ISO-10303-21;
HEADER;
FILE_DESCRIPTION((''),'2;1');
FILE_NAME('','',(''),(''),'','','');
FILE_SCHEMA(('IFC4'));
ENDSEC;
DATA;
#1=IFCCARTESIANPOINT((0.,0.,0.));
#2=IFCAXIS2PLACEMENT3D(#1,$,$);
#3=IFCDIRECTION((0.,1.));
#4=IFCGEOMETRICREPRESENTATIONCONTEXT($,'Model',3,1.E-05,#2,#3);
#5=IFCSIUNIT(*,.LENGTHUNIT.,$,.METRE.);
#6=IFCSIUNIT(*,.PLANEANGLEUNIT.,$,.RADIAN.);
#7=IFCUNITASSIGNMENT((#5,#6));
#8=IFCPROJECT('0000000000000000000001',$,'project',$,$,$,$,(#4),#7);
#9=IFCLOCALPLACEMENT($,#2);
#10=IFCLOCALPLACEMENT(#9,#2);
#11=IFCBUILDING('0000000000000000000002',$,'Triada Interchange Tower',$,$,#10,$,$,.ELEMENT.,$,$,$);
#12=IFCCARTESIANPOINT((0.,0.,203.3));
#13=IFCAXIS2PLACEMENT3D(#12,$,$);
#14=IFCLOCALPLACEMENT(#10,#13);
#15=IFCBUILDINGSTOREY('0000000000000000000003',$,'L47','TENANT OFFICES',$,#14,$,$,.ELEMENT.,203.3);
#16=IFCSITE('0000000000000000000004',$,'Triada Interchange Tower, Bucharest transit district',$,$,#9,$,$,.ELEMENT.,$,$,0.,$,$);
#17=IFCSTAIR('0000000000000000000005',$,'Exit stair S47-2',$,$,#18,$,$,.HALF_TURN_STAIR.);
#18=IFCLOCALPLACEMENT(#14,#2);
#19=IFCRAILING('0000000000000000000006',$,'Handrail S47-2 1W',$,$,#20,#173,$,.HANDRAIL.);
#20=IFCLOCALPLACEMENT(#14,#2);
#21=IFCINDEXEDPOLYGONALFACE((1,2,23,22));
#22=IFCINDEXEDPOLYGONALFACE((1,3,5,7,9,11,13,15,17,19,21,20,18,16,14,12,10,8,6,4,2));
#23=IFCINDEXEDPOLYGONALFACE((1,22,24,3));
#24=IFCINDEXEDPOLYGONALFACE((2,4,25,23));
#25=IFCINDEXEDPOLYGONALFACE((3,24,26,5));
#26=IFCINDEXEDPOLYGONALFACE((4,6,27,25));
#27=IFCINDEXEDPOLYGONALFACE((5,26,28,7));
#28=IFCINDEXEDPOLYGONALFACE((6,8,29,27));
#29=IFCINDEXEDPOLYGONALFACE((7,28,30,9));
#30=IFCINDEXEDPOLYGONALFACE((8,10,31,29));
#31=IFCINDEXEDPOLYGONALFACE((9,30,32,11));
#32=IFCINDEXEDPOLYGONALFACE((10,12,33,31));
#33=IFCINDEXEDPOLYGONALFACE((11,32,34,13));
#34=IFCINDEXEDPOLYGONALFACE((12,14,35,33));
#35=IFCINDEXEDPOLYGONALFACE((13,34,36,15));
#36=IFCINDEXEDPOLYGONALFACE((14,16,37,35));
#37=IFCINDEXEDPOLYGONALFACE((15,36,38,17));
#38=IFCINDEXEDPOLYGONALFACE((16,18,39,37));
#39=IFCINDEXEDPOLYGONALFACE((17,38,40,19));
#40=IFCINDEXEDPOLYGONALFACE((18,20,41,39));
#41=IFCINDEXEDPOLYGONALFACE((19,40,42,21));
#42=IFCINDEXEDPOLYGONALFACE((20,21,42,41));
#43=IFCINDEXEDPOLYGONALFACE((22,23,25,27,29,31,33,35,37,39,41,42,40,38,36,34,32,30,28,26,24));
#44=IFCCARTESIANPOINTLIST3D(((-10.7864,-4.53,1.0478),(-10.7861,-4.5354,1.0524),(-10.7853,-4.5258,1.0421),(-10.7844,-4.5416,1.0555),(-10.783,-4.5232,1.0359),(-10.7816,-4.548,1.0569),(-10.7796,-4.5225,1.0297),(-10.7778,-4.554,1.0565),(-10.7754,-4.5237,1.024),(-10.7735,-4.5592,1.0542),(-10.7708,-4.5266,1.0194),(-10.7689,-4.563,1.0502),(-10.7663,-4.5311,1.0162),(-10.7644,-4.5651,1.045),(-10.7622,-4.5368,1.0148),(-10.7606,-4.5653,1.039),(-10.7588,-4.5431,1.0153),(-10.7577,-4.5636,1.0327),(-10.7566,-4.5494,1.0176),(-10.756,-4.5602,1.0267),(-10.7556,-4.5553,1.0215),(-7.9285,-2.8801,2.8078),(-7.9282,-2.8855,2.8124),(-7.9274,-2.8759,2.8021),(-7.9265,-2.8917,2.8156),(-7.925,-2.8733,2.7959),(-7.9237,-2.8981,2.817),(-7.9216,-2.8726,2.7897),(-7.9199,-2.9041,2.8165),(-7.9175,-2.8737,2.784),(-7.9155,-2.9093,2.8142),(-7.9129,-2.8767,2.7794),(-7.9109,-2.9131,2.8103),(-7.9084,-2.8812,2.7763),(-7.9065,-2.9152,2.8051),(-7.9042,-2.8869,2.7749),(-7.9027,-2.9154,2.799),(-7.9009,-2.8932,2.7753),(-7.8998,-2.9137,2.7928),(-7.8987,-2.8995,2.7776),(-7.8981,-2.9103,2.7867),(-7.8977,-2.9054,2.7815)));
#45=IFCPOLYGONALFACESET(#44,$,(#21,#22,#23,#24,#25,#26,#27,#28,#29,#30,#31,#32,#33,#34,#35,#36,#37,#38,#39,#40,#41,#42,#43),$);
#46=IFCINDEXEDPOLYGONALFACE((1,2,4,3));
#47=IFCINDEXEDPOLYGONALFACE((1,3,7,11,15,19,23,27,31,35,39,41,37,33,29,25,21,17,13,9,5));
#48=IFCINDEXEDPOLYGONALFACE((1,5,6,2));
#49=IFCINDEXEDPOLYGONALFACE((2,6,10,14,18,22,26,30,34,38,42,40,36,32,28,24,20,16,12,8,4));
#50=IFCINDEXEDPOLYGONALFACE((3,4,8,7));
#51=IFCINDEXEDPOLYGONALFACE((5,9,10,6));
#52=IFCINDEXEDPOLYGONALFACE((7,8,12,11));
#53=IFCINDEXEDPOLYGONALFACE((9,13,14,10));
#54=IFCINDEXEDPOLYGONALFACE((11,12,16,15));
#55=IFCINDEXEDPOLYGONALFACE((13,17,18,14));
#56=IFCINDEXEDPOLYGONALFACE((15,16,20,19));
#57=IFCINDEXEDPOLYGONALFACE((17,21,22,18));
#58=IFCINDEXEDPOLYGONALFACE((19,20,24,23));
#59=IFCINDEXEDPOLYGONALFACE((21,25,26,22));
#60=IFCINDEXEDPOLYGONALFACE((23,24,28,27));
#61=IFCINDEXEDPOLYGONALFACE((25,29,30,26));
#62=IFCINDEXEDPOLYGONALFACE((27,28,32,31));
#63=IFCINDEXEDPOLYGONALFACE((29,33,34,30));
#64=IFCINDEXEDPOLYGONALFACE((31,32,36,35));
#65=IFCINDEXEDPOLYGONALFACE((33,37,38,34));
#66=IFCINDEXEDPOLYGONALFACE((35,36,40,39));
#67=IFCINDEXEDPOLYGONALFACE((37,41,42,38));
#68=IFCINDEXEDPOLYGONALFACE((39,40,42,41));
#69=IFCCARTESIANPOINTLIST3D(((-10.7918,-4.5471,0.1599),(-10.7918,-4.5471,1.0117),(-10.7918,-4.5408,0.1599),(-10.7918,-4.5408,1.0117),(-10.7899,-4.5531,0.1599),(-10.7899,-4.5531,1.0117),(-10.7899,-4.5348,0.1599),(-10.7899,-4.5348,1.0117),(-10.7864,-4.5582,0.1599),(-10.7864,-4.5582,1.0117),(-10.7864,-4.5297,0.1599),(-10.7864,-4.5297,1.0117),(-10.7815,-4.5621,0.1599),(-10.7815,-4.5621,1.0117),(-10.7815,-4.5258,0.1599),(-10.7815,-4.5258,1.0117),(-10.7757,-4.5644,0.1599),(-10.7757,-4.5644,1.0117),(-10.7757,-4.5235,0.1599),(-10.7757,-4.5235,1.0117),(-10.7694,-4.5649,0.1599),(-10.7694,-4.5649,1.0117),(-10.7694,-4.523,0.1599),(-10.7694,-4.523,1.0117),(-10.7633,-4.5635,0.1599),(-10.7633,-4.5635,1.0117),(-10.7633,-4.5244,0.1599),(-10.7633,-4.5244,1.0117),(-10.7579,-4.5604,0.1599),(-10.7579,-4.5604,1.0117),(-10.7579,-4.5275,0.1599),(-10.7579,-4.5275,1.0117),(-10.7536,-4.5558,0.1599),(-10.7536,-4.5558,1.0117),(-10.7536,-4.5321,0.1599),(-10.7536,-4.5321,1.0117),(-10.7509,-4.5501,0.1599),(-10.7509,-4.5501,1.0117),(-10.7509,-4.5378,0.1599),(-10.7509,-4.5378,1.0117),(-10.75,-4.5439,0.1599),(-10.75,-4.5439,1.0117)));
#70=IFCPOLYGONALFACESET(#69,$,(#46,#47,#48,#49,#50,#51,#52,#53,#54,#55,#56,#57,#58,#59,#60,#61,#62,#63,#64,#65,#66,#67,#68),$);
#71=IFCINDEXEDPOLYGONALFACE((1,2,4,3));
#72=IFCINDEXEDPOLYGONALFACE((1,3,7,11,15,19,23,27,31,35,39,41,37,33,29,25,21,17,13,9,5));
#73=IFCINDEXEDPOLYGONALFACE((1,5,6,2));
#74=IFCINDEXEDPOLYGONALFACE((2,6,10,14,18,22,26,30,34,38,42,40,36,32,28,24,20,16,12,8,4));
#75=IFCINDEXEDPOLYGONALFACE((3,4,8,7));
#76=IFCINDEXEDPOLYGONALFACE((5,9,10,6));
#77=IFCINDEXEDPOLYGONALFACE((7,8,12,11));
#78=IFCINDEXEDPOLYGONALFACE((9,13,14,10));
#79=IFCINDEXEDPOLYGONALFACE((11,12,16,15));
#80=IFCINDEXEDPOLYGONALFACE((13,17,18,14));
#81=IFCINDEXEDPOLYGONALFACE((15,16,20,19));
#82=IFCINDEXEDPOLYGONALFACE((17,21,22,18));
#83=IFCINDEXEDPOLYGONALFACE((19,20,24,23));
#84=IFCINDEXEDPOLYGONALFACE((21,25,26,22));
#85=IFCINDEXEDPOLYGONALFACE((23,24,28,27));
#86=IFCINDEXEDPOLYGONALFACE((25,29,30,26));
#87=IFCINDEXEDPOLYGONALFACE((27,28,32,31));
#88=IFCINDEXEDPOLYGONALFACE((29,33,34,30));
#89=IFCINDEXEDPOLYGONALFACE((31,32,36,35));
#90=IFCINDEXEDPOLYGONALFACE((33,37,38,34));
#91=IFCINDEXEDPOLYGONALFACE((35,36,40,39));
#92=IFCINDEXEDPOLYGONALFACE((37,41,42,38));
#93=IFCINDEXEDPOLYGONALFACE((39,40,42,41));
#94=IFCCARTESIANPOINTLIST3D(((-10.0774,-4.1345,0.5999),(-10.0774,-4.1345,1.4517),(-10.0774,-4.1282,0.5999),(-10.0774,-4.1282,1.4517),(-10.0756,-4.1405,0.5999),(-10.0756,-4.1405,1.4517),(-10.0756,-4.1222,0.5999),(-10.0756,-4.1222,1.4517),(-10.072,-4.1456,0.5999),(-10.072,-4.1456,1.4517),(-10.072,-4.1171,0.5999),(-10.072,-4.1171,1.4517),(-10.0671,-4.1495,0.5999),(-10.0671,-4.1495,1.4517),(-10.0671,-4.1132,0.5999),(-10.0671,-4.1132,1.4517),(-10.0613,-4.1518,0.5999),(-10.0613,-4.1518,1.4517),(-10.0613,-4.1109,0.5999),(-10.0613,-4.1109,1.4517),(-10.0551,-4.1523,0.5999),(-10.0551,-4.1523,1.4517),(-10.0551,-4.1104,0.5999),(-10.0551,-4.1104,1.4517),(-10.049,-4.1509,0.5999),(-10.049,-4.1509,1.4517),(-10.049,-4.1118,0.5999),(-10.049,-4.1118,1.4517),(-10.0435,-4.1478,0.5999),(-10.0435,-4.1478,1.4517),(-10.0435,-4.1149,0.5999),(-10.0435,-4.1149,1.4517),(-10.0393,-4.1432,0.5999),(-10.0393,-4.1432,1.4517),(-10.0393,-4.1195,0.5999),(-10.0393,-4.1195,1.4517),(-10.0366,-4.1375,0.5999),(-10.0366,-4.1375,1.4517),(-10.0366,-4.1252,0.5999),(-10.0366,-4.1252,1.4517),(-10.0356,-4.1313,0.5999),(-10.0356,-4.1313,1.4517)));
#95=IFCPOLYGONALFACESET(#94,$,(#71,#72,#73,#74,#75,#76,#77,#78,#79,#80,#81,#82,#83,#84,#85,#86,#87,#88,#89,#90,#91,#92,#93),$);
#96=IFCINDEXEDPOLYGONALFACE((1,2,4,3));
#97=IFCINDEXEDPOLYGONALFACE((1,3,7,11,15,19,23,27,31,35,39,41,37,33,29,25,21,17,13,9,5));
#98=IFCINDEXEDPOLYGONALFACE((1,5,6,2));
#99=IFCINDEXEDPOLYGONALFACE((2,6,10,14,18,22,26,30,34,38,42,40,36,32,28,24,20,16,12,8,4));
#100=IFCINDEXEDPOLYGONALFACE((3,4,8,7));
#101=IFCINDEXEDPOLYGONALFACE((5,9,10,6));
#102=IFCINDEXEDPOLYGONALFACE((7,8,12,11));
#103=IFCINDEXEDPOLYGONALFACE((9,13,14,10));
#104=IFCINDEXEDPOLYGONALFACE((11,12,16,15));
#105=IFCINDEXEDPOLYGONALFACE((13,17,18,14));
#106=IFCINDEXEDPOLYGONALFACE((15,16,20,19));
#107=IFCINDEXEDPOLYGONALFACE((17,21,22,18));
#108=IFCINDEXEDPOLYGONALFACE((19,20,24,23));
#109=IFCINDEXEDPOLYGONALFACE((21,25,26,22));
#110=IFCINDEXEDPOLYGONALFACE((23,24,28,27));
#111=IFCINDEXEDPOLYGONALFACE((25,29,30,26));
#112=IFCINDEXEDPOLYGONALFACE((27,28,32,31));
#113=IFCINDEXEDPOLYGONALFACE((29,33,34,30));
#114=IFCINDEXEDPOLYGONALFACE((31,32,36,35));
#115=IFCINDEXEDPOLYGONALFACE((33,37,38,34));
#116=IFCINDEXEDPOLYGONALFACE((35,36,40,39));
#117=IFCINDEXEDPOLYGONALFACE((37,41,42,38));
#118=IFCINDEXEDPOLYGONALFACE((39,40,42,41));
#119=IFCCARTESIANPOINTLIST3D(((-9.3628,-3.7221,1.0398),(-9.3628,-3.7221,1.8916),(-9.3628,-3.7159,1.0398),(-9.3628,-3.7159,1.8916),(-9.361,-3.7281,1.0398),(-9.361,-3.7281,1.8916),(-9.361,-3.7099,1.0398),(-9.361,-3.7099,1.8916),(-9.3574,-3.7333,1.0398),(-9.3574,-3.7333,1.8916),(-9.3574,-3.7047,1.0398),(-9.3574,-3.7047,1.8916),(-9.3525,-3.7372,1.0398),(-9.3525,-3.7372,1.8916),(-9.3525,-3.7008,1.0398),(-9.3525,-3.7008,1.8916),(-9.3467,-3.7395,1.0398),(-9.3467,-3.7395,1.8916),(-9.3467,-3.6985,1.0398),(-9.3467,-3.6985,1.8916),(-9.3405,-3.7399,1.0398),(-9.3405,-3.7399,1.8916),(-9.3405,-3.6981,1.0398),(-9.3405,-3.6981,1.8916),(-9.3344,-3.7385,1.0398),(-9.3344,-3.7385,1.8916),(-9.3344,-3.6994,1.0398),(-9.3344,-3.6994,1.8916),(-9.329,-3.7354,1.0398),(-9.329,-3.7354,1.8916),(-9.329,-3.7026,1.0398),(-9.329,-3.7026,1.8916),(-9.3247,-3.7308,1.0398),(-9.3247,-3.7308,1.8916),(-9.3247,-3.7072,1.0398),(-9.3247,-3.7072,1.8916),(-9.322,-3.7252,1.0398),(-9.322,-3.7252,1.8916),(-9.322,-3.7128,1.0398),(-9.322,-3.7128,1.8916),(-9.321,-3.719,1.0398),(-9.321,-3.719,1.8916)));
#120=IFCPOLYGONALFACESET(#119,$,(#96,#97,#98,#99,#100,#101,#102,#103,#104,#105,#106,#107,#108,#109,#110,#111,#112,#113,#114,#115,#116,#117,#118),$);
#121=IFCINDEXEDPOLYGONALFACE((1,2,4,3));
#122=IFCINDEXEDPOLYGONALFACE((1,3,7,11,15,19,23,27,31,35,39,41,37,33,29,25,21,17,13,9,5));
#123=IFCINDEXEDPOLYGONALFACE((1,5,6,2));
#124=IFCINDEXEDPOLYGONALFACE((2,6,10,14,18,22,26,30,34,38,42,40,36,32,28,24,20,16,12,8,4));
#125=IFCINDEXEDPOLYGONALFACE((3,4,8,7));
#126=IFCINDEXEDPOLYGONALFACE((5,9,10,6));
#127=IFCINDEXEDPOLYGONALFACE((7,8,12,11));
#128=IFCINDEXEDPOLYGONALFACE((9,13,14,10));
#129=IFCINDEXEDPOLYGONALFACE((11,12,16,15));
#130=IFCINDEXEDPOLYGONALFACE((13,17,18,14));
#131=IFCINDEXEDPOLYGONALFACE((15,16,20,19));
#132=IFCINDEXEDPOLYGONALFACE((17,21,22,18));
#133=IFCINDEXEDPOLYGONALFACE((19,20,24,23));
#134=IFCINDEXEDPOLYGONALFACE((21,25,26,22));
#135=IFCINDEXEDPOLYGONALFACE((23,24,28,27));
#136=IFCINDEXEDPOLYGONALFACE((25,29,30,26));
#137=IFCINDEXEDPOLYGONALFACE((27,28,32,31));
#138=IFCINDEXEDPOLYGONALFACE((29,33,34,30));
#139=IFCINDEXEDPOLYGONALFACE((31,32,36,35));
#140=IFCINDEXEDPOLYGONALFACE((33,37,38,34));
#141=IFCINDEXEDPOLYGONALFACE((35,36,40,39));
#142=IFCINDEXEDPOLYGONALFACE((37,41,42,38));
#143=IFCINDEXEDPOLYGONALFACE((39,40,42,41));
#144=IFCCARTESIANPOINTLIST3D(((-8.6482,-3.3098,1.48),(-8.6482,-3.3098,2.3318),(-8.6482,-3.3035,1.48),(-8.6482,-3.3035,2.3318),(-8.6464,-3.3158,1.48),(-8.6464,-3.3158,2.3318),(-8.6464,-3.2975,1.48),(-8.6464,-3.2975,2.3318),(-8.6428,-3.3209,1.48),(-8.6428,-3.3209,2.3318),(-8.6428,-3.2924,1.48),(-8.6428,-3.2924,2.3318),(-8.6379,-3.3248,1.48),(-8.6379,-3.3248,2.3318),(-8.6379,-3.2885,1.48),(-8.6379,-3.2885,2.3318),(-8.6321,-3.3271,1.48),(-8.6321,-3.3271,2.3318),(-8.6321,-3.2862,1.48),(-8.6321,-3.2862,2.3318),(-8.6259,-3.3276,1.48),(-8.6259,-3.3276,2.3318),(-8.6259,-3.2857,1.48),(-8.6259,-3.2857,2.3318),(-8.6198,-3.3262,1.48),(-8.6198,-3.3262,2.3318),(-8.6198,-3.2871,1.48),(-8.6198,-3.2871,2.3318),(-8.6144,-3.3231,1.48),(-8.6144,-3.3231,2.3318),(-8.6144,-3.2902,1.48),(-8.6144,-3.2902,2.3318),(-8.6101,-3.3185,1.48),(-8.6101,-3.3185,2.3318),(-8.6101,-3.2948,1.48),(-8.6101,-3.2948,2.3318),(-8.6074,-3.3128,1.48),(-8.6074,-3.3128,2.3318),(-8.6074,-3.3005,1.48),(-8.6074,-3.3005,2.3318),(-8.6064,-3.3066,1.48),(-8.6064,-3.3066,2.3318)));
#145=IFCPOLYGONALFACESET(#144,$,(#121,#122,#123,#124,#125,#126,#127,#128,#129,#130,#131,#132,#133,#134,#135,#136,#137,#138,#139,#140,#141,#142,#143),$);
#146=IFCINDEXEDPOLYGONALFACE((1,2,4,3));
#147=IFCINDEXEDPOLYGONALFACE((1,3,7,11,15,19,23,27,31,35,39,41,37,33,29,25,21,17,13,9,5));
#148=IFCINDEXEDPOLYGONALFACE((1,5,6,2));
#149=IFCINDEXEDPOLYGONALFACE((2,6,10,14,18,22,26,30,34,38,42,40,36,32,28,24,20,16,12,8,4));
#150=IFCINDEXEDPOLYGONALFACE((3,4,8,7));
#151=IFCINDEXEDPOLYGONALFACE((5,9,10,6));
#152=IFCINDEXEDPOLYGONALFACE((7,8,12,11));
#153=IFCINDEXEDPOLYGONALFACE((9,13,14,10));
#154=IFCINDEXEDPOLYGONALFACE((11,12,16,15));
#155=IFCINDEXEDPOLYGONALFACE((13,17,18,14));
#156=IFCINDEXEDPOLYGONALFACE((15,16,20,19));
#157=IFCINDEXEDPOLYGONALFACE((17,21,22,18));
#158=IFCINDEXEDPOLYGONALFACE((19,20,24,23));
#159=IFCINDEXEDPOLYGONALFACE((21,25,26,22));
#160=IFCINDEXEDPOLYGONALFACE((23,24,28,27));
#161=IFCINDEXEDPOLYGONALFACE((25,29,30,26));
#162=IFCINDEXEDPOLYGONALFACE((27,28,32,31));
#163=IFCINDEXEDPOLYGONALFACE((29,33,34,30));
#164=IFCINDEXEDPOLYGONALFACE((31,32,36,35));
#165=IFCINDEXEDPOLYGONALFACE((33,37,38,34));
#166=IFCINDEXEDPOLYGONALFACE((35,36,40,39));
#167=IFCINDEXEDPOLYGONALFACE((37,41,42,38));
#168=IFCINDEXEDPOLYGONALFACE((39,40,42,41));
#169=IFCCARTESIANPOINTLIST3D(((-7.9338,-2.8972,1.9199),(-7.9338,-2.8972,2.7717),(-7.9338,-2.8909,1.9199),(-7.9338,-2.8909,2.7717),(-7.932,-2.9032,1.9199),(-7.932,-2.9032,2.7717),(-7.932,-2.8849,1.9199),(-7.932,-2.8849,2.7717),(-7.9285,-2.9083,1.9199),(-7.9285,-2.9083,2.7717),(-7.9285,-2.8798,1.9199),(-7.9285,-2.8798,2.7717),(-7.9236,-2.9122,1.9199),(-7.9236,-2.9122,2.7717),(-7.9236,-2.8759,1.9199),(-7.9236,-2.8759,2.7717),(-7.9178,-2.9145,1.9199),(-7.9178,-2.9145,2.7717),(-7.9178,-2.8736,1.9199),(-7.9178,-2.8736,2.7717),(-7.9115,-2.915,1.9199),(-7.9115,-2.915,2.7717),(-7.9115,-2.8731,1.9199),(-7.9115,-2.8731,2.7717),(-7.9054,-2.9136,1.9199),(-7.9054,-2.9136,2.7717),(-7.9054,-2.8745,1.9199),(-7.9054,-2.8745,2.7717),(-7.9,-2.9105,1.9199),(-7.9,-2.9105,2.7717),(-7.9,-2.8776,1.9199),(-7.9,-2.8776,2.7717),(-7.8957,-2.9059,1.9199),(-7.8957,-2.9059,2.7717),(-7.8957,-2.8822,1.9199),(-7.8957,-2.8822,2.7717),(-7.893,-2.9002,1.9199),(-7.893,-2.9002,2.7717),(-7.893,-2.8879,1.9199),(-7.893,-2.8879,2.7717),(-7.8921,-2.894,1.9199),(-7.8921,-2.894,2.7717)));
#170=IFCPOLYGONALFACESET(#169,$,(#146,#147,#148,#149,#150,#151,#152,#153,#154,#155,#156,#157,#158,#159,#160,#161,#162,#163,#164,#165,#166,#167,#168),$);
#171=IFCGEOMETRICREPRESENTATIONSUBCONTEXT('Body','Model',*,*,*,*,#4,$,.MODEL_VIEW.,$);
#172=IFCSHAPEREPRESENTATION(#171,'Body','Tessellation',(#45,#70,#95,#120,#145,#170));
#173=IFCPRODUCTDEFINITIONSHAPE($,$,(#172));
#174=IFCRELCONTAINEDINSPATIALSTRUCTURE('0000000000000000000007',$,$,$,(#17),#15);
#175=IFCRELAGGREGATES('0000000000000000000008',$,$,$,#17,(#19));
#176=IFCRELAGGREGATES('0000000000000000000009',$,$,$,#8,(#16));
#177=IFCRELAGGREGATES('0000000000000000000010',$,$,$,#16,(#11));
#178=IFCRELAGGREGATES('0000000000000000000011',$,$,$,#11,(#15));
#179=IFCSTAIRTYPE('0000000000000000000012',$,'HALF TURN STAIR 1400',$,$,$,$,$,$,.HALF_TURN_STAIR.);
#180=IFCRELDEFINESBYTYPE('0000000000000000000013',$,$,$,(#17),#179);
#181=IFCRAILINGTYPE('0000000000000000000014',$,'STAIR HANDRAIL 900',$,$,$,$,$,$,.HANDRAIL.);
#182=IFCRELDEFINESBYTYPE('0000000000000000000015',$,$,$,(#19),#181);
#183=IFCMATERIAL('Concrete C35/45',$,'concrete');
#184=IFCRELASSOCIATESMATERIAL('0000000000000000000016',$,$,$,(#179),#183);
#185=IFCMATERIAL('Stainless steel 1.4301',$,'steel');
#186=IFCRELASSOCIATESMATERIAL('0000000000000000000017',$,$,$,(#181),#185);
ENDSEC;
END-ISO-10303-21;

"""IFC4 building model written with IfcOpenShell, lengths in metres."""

from ifc_helpers import new_model, si_unit, direction, frame, origin, origin_2d, place, context, subcontext, project, spatial, circle, extrude, material, type_object, element, aggregate, save


model = new_model("IFC4")

# Units and contexts
model_context = context("Model", 3, precision=1e-05, world=origin(), true_north=direction((0.0, 1.0)))
body_context = subcontext(model_context, "Body", "Model", "MODEL_VIEW")
ifc_project = project(units=[si_unit("LENGTHUNIT", "METRE"), si_unit("PLANEANGLEUNIT", "RADIAN")], contexts=[model_context])

# Site, building, storey
site_placement = place(None, origin())
site = spatial("IfcSite", under=ifc_project, at=site_placement, Name="Triada Interchange Tower, Bucharest transit district", CompositionType="ELEMENT", RefElevation=0.0)
building_placement = place(site_placement, origin())
building = spatial("IfcBuilding", under=site, at=building_placement, Name="Triada Interchange Tower", CompositionType="ELEMENT")
storey_placement = place(building_placement, frame((0.0, 0.0, 203.3)))
storey = spatial("IfcBuildingStorey", under=building, at=storey_placement, Name="L47", Description="TENANT OFFICES", CompositionType="ELEMENT", Elevation=203.3)

# Stair, railing
ifc_material_1 = material(Name="Concrete C35/45", Category="concrete")
stair_type = type_object("IfcStairType", Name="HALF TURN STAIR 1400", PredefinedType="HALF_TURN_STAIR", material=ifc_material_1)
stair_placement = place(storey_placement, origin())
stair = element("IfcStair", 1, at=stair_placement, inside=storey, type_object=stair_type, Name="Exit stair S47-2", PredefinedType="HALF_TURN_STAIR")
ifc_material_2 = material(Name="Stainless steel 1.4301", Category="steel")
railing_type = type_object("IfcRailingType", Name="STAIR HANDRAIL 900", PredefinedType="HANDRAIL", material=ifc_material_2)
railing_1_placement = place(storey_placement, frame((-10.771, -4.5439, 0.1599)))
railing_1 = element("IfcRailing", 2, at=railing_1_placement, type_object=railing_type, Name="Handrail S47-2 1W", PredefinedType="HANDRAIL", context=body_context, shape_type="SweptSolid", body=[
    extrude(circle(Radius=0.0239, at=origin_2d()), frame((0.0, 0.0, 0.876), z_axis=(0.764151, 0.441153, 0.470593), x_axis=(-0.499974, 0.86604, 0.0)), (0.0, 0.0, 1.0), 3.74),
    extrude(circle(Radius=0.021, at=origin_2d()), origin(), (0.0, 0.0, 1.0), 0.8518),
    extrude(circle(Radius=0.021, at=origin_2d()), frame((0.7144, 0.4126, 0.4399)), (0.0, 0.0, 1.0), 0.8518),
    extrude(circle(Radius=0.021, at=origin_2d()), frame((1.429, 0.825, 0.8799)), (0.0, 0.0, 1.0), 0.8518),
    extrude(circle(Radius=0.021, at=origin_2d()), frame((2.1436, 1.2373, 1.3201)), (0.0, 0.0, 1.0), 0.8518),
    extrude(circle(Radius=0.021, at=origin_2d()), frame((2.8579, 1.6499, 1.76)), (0.0, 0.0, 1.0), 0.8518),
])
aggregate(stair, [railing_1])

save(model, "model.ifc")
